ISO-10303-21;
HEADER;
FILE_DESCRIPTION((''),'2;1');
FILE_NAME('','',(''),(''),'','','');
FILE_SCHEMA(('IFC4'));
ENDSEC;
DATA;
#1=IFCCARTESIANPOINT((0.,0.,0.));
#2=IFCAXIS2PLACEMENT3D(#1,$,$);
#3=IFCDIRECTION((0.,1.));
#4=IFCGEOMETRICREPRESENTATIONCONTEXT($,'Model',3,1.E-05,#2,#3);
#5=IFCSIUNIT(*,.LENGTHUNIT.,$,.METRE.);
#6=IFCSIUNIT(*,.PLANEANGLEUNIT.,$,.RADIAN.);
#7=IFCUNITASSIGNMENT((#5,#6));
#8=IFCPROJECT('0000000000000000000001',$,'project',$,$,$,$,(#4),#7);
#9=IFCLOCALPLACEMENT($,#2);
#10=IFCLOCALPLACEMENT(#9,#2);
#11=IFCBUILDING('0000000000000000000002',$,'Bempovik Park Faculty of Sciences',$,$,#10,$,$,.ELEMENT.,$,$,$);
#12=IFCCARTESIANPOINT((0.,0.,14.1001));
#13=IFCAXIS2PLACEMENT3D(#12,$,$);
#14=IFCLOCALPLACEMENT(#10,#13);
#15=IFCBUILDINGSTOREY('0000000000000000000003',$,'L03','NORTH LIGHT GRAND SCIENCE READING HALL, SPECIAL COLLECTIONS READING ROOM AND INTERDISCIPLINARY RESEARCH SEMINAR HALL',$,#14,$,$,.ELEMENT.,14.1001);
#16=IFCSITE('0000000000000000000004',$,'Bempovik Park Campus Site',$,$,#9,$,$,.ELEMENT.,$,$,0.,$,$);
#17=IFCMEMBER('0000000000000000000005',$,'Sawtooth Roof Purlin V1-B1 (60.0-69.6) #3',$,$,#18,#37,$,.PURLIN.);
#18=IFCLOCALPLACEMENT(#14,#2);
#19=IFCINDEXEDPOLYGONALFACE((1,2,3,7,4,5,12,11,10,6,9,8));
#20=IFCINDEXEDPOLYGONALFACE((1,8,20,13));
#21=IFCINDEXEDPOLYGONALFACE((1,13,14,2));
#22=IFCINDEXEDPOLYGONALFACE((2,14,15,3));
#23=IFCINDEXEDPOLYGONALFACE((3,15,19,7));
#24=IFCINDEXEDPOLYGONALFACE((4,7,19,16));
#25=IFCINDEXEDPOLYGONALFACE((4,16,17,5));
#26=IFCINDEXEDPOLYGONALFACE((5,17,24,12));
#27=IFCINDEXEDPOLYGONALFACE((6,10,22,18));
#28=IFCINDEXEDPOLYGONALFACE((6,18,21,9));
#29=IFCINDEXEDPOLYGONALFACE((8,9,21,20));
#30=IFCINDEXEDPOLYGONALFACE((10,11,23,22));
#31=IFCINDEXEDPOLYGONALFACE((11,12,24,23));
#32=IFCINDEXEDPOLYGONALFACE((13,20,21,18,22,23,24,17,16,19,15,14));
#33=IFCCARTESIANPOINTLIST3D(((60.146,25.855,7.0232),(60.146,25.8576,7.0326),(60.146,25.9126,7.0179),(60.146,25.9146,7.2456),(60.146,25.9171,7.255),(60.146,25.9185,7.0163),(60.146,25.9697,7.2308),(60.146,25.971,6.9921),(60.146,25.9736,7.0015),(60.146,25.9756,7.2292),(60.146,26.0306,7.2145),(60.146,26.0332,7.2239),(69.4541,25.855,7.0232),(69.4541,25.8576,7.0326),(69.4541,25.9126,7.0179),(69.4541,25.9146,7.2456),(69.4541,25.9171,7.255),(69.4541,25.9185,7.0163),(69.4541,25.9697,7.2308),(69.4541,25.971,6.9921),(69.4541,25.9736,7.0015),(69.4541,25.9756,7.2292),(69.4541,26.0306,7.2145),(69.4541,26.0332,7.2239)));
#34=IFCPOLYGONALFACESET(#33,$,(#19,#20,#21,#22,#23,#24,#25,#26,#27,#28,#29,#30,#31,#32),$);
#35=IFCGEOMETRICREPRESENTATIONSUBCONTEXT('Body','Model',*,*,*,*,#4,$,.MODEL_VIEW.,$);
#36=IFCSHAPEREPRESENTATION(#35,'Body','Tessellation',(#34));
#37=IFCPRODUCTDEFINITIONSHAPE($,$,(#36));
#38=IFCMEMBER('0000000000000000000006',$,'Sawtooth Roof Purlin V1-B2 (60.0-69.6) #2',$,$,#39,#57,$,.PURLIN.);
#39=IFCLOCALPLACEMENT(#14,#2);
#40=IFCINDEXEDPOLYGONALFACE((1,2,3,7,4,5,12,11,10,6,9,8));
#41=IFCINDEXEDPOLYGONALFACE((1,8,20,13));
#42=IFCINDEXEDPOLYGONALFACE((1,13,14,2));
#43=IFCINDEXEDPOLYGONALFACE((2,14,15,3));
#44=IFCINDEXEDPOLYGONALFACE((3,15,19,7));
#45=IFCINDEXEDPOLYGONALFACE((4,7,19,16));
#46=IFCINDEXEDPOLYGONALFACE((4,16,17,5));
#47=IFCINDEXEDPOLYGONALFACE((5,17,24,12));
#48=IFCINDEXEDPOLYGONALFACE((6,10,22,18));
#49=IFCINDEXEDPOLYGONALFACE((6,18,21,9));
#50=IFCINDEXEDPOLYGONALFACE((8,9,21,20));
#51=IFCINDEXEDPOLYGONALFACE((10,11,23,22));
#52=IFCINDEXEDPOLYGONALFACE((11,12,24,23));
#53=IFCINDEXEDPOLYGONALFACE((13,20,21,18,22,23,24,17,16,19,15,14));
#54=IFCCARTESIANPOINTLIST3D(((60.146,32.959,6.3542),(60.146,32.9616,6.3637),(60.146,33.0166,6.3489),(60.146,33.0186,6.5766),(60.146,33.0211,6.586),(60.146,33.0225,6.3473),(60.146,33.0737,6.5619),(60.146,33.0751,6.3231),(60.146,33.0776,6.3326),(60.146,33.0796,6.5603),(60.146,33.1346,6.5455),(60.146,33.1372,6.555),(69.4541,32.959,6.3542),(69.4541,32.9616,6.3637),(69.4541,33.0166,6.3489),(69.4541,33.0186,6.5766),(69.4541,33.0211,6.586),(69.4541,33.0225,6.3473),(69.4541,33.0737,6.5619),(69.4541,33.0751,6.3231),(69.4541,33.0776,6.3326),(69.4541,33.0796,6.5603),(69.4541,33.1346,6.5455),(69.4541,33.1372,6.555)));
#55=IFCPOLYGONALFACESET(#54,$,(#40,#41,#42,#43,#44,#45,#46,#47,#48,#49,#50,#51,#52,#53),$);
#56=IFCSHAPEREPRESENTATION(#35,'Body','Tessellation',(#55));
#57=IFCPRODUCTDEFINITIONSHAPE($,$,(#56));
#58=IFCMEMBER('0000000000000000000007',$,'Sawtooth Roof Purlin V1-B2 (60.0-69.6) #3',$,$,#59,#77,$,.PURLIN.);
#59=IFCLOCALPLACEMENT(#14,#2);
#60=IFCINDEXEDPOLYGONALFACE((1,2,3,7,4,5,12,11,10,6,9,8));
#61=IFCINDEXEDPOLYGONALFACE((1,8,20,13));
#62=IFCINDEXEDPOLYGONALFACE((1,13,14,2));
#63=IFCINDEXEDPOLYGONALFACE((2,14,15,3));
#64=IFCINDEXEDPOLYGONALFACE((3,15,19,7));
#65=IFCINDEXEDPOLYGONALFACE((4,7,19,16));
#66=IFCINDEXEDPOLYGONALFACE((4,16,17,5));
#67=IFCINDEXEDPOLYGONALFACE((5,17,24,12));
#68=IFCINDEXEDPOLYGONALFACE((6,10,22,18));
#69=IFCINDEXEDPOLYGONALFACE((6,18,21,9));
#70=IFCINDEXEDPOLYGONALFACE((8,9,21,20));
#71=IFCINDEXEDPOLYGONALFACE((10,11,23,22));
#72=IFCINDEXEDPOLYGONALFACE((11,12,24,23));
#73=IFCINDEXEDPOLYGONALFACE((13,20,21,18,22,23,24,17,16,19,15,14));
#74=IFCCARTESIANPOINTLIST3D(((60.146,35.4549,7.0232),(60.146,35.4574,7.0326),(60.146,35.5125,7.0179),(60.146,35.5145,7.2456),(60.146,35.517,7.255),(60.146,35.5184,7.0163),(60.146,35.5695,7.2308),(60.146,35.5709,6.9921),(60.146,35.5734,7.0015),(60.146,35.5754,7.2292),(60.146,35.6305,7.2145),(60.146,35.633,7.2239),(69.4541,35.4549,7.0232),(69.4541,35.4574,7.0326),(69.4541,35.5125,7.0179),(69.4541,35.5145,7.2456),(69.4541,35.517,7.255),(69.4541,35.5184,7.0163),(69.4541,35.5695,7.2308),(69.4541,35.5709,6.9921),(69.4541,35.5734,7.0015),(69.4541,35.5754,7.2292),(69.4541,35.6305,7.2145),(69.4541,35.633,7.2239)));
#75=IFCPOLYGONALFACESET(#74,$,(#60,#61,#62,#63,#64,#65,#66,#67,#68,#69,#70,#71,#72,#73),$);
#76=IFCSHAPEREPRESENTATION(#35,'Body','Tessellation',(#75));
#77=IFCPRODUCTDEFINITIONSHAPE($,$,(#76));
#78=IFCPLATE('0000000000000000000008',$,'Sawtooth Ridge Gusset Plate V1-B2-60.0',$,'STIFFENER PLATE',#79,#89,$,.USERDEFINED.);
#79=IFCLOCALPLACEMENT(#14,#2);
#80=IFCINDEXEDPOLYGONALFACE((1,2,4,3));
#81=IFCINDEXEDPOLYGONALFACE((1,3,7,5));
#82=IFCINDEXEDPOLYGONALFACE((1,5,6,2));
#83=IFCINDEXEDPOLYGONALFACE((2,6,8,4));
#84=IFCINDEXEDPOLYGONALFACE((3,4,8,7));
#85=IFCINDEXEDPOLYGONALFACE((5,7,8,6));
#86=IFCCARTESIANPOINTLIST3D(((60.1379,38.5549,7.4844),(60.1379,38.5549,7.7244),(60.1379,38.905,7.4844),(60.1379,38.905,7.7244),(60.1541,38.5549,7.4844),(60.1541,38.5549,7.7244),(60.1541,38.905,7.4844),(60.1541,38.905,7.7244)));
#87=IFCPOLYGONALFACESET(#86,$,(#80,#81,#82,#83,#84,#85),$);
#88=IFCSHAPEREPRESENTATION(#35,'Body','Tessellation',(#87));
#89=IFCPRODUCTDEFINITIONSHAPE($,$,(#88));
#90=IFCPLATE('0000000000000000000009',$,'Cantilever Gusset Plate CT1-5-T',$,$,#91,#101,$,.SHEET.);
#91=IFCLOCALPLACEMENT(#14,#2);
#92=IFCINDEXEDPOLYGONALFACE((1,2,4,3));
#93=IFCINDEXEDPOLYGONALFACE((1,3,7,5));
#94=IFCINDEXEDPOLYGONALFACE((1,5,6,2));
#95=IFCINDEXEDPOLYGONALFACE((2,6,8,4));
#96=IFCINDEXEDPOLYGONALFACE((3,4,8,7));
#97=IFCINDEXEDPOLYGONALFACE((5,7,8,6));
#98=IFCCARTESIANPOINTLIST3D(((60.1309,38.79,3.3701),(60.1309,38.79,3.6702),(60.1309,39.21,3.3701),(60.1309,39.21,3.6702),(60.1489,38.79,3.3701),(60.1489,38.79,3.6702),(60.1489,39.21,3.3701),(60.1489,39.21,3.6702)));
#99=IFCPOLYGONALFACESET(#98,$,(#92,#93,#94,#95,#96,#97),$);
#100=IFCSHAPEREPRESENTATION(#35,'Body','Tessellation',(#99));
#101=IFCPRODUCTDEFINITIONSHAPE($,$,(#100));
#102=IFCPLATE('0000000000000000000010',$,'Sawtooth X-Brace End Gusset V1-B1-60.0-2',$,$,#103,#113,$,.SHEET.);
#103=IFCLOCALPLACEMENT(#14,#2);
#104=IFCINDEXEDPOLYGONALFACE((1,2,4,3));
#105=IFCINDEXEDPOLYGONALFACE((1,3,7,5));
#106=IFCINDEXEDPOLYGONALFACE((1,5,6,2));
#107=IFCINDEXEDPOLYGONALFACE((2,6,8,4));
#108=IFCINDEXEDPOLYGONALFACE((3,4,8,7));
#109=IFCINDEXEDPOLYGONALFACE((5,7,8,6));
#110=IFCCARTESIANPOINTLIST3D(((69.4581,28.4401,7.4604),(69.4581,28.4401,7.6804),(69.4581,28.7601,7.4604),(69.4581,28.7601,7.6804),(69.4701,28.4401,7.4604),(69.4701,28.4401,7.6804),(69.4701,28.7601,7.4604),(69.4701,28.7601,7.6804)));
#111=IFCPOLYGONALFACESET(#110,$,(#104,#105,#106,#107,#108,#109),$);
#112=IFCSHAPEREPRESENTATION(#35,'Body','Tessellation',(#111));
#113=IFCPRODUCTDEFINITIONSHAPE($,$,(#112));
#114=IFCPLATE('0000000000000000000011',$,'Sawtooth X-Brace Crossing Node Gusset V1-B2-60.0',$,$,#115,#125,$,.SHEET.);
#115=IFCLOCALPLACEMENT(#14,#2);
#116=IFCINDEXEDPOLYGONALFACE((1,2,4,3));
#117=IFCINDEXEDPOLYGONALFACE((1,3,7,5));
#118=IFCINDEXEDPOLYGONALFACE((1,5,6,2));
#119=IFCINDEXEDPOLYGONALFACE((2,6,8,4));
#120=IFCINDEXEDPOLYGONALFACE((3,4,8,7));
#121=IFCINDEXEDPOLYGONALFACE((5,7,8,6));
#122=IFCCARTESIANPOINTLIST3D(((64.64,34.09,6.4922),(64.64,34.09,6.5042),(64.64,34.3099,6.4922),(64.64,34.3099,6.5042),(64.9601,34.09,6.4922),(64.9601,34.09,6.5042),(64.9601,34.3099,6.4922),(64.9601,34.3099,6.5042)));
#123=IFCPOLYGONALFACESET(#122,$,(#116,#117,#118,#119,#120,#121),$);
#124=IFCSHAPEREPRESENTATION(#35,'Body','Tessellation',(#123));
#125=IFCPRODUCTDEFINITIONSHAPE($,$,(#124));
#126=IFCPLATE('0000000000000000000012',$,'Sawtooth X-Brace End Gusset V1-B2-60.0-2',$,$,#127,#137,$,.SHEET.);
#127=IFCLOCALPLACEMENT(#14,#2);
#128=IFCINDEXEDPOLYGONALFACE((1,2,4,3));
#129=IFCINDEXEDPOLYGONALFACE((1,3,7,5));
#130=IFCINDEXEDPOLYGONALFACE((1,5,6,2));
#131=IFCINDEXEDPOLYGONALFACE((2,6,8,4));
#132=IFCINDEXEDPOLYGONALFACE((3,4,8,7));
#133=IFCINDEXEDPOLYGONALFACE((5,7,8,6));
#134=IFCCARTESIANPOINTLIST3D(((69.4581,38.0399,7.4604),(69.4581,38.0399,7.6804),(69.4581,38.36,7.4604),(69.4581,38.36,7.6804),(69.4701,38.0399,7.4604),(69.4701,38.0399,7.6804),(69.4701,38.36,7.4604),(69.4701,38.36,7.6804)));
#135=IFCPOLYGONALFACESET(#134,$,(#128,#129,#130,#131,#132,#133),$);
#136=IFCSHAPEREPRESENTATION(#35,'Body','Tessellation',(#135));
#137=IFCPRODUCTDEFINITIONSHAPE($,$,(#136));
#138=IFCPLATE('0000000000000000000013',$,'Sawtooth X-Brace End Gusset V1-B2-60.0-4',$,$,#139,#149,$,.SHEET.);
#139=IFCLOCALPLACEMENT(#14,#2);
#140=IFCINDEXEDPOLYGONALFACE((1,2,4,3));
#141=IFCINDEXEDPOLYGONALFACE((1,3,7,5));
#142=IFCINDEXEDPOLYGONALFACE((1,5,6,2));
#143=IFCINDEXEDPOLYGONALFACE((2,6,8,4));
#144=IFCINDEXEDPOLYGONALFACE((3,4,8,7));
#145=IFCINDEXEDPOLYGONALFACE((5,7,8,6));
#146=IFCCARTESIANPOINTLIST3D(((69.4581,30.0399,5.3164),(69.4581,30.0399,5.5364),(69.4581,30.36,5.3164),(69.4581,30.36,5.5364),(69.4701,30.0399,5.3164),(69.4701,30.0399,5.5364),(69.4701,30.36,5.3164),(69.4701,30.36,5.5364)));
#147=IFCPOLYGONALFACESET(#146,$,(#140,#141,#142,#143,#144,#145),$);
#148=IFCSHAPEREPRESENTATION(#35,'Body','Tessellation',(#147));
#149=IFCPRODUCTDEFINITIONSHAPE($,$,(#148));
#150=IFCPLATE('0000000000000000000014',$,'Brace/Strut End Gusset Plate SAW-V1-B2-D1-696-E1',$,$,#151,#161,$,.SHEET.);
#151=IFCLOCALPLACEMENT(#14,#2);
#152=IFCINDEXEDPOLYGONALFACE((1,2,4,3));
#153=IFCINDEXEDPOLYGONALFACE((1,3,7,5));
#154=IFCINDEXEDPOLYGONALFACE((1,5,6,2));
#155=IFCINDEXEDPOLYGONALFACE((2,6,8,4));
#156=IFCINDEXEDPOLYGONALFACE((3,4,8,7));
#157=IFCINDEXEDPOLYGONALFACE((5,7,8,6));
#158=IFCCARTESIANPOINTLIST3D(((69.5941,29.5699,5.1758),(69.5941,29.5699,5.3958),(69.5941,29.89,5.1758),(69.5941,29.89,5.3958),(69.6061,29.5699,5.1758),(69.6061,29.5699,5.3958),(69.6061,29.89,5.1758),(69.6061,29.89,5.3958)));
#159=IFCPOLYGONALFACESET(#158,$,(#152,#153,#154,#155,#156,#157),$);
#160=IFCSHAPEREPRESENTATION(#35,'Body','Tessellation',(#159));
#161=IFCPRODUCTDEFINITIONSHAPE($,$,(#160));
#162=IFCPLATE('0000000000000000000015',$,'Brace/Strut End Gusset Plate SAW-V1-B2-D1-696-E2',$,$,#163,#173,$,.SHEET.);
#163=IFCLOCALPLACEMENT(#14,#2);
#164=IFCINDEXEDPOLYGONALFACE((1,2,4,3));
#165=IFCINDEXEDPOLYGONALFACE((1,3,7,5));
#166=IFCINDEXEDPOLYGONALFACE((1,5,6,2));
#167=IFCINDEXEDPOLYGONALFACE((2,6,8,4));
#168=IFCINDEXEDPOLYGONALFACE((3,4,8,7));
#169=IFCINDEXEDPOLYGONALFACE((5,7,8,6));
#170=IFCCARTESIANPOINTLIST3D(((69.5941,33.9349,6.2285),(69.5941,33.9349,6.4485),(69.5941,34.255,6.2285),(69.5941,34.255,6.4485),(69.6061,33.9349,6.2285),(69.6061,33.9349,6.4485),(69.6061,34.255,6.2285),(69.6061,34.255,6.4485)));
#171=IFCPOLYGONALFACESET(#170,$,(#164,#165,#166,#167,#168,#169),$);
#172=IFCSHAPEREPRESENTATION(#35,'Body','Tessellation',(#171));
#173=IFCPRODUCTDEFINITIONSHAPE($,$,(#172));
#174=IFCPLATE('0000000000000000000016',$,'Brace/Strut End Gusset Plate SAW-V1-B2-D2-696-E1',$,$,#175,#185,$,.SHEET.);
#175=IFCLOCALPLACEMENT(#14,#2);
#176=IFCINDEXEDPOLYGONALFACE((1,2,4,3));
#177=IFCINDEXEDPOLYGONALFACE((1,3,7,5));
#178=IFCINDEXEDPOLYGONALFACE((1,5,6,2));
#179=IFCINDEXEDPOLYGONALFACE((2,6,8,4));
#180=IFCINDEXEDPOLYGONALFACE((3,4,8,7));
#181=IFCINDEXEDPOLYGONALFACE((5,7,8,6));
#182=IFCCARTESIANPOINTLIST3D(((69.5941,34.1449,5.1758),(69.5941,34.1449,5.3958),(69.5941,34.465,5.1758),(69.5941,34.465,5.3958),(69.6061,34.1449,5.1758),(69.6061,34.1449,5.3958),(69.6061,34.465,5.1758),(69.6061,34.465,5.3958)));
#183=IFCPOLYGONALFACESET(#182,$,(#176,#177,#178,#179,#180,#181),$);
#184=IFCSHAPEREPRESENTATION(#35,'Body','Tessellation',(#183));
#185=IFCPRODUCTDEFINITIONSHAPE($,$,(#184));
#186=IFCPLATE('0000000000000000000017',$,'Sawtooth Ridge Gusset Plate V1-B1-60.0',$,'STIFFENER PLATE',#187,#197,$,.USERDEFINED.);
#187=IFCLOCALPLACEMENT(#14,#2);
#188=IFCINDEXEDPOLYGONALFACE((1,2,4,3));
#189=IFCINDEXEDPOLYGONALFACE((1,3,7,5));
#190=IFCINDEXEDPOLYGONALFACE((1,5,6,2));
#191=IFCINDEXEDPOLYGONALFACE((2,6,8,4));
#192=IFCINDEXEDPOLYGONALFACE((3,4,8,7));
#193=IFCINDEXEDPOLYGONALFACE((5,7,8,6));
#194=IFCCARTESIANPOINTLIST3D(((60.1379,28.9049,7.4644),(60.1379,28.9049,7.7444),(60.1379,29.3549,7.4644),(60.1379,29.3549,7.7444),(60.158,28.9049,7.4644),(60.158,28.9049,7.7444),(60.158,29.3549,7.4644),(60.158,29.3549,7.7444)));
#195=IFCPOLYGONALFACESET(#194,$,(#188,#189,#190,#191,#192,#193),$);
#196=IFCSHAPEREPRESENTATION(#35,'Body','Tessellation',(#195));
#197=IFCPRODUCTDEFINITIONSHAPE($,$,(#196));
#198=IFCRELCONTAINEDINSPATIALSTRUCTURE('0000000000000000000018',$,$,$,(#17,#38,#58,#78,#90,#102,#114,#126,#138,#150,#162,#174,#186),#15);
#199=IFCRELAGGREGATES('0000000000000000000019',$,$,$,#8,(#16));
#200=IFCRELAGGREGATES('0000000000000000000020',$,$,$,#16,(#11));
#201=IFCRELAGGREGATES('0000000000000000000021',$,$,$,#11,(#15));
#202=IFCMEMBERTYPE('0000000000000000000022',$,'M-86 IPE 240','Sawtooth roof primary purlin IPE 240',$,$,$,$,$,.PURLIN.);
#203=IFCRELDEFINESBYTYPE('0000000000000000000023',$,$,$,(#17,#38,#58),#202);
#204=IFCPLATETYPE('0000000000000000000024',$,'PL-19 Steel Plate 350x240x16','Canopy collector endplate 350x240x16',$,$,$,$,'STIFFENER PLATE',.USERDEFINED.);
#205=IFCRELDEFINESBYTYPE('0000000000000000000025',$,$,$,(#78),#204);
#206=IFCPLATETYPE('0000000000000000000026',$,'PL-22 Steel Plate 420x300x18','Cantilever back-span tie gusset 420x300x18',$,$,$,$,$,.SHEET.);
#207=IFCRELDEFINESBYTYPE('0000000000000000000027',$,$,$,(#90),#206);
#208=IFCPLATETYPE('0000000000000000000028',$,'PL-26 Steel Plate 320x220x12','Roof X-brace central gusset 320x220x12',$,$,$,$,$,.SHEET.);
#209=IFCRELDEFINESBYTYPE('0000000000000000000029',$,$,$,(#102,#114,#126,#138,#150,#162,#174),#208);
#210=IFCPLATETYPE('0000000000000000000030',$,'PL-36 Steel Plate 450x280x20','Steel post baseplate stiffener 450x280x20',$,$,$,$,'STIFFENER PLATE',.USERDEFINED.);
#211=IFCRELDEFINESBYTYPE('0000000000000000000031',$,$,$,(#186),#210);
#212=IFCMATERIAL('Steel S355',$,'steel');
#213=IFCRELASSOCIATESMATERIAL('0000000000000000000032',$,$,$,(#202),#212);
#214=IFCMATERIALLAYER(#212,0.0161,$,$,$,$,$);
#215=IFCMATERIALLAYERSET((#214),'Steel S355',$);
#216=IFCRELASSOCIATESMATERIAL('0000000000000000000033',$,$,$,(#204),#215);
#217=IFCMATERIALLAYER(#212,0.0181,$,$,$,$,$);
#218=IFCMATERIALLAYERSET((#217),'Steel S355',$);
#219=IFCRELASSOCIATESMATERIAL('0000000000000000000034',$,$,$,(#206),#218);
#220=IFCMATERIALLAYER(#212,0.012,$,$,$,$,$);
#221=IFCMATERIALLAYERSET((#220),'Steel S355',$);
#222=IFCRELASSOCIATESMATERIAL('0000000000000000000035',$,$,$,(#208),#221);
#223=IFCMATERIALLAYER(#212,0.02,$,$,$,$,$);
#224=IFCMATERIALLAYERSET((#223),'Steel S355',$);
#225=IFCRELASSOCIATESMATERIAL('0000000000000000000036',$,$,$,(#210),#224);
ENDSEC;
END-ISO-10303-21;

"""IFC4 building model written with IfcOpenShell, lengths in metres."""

from ifc_helpers import new_model, si_unit, direction, frame, origin, origin_2d, place, context, subcontext, project, spatial, rectangle, i_section, extrude, material, layer, layer_set, material_profile, profile_set, type_object, element, save


model = new_model("IFC4")

# Units and contexts
model_context = context("Model", 3, precision=1e-05, world=origin(), true_north=direction((0.0, 1.0)))
body_context = subcontext(model_context, "Body", "Model", "MODEL_VIEW")
ifc_project = project(units=[si_unit("LENGTHUNIT", "METRE"), si_unit("PLANEANGLEUNIT", "RADIAN")], contexts=[model_context])

# Site, building, storey
site_placement = place(None, origin())
site = spatial("IfcSite", under=ifc_project, at=site_placement, Name="Bempovik Park Campus Site", CompositionType="ELEMENT", RefElevation=0.0)
building_placement = place(site_placement, origin())
building = spatial("IfcBuilding", under=site, at=building_placement, Name="Bempovik Park Faculty of Sciences", CompositionType="ELEMENT")
storey_placement = place(building_placement, frame((0.0, 0.0, 14.1001)))
storey = spatial("IfcBuildingStorey", under=building, at=storey_placement, Name="L03", Description="NORTH LIGHT GRAND SCIENCE READING HALL, SPECIAL COLLECTIONS READING ROOM AND INTERDISCIPLINARY RESEARCH SEMINAR HALL", CompositionType="ELEMENT", Elevation=14.1001)

# Shared definitions
ifc_material_1 = material(Name="Steel S355", Category="steel")

# Members
ifc_material_profile_1 = material_profile(ifc_material_1, i_section(OverallWidth=0.1201, OverallDepth=0.24, WebThickness=0.0061, FlangeThickness=0.0098, at=origin_2d()), Name="IPE 240")
ifc_profile_set_1 = profile_set([ifc_material_profile_1], Name="Steel S355")
member_type_1 = type_object("IfcMemberType", Name="M-86 IPE 240", Description="Sawtooth roof primary purlin IPE 240", PredefinedType="PURLIN", material=ifc_profile_set_1)
for number, where, z_axis, x_axis, name in (
    (1, (60.146, 25.9441, 7.1235), (1.0, 0.0, 0.0), (0.0, 0.965926, -0.258819), "Sawtooth Roof Purlin V1-B1 (60.0-69.6) #3"),
    (2, (60.146, 33.0481, 6.4546), (1.0, 0.0, 0.0), (0.0, 0.965926, -0.258819), "Sawtooth Roof Purlin V1-B2 (60.0-69.6) #2"),
    (3, (60.146, 35.5439, 7.1235), (1.0, 0.0, 0.0), (0.0, 0.965926, -0.258819), "Sawtooth Roof Purlin V1-B2 (60.0-69.6) #3"),
):
    element("IfcMember", number, at=place(storey_placement, frame(where, z_axis=z_axis, x_axis=x_axis)), inside=storey, type_object=member_type_1, Name=name, PredefinedType="PURLIN", context=body_context, shape_type="SweptSolid", body=[
        extrude(i_section(OverallWidth=0.1201, OverallDepth=0.24, WebThickness=0.0061, FlangeThickness=0.0098, at=origin_2d()), origin(), (0.0, 0.0, 1.0), 9.3081),
    ])

# Plates
ifc_layer_1 = layer(ifc_material_1, 0.0161)
ifc_layer_set_1 = layer_set([ifc_layer_1], Name="Steel S355")
plate_type_1 = type_object("IfcPlateType", Name="PL-19 Steel Plate 350x240x16", Description="Canopy collector endplate 350x240x16", ElementType="STIFFENER PLATE", PredefinedType="USERDEFINED", material=ifc_layer_set_1)
plate_1_placement = place(storey_placement, frame((60.146, 38.73, 7.4844), z_axis=(0.0, 0.0, 1.0), x_axis=(1.0, 0.0, 0.0)))
element("IfcPlate", 4, at=plate_1_placement, inside=storey, type_object=plate_type_1, Name="Sawtooth Ridge Gusset Plate V1-B2-60.0", ObjectType="STIFFENER PLATE", PredefinedType="USERDEFINED", context=body_context, shape_type="SweptSolid", body=[
    extrude(rectangle(XDim=0.0161, YDim=0.3501, at=origin_2d()), origin(), (0.0, 0.0, 1.0), 0.24),
])
ifc_layer_2 = layer(ifc_material_1, 0.0181)
ifc_layer_set_2 = layer_set([ifc_layer_2], Name="Steel S355")
plate_type_2 = type_object("IfcPlateType", Name="PL-22 Steel Plate 420x300x18", Description="Cantilever back-span tie gusset 420x300x18", PredefinedType="SHEET", material=ifc_layer_set_2)
plate_2_placement = place(storey_placement, frame((60.1399, 39.0, 3.3701), z_axis=(0.0, 0.0, 1.0), x_axis=(1.0, 0.0, 0.0)))
element("IfcPlate", 5, at=plate_2_placement, inside=storey, type_object=plate_type_2, Name="Cantilever Gusset Plate CT1-5-T", PredefinedType="SHEET", context=body_context, shape_type="SweptSolid", body=[
    extrude(rectangle(XDim=0.0181, YDim=0.4199, at=origin_2d()), origin(), (0.0, 0.0, 1.0), 0.3),
])
ifc_layer_3 = layer(ifc_material_1, 0.012)
ifc_layer_set_3 = layer_set([ifc_layer_3], Name="Steel S355")
plate_type_3 = type_object("IfcPlateType", Name="PL-26 Steel Plate 320x220x12", Description="Roof X-brace central gusset 320x220x12", PredefinedType="SHEET", material=ifc_layer_set_3)
plate_3_placement = place(storey_placement, frame((69.4641, 28.6001, 7.4604), z_axis=(0.0, 0.0, 1.0), x_axis=(1.0, 0.0, 0.0)))
element("IfcPlate", 6, at=plate_3_placement, inside=storey, type_object=plate_type_3, Name="Sawtooth X-Brace End Gusset V1-B1-60.0-2", PredefinedType="SHEET", context=body_context, shape_type="SweptSolid", body=[
    extrude(rectangle(XDim=0.012, YDim=0.3201, at=origin_2d()), origin(), (0.0, 0.0, 1.0), 0.22),
])
plate_4_placement = place(storey_placement, frame((64.8, 34.2, 6.4922), z_axis=(0.0, 0.0, 1.0), x_axis=(1.0, 0.0, 0.0)))
element("IfcPlate", 7, at=plate_4_placement, inside=storey, type_object=plate_type_3, Name="Sawtooth X-Brace Crossing Node Gusset V1-B2-60.0", PredefinedType="SHEET", context=body_context, shape_type="SweptSolid", body=[
    extrude(rectangle(XDim=0.3201, YDim=0.22, at=origin_2d()), origin(), (0.0, 0.0, 1.0), 0.012),
])
for number, where, z_axis, x_axis, name in (
    (8, (69.4641, 38.2, 7.4604), (0.0, 0.0, 1.0), (1.0, 0.0, 0.0), "Sawtooth X-Brace End Gusset V1-B2-60.0-2"),
    (9, (69.4641, 30.2, 5.3164), (0.0, 0.0, 1.0), (1.0, 0.0, 0.0), "Sawtooth X-Brace End Gusset V1-B2-60.0-4"),
    (10, (69.6001, 29.73, 5.1758), (0.0, 0.0, 1.0), (1.0, 0.0, 0.0), "Brace/Strut End Gusset Plate SAW-V1-B2-D1-696-E1"),
    (11, (69.6001, 34.095, 6.2285), (0.0, 0.0, 1.0), (1.0, 0.0, 0.0), "Brace/Strut End Gusset Plate SAW-V1-B2-D1-696-E2"),
    (12, (69.6001, 34.3049, 5.1758), (0.0, 0.0, 1.0), (1.0, 0.0, 0.0), "Brace/Strut End Gusset Plate SAW-V1-B2-D2-696-E1"),
):
    element("IfcPlate", number, at=place(storey_placement, frame(where, z_axis=z_axis, x_axis=x_axis)), inside=storey, type_object=plate_type_3, Name=name, PredefinedType="SHEET", context=body_context, shape_type="SweptSolid", body=[
        extrude(rectangle(XDim=0.012, YDim=0.3201, at=origin_2d()), origin(), (0.0, 0.0, 1.0), 0.22),
    ])
ifc_layer_4 = layer(ifc_material_1, 0.02)
ifc_layer_set_4 = layer_set([ifc_layer_4], Name="Steel S355")
plate_type_4 = type_object("IfcPlateType", Name="PL-36 Steel Plate 450x280x20", Description="Steel post baseplate stiffener 450x280x20", ElementType="STIFFENER PLATE", PredefinedType="USERDEFINED", material=ifc_layer_set_4)
plate_5_placement = place(storey_placement, frame((60.1479, 29.1299, 7.4644), z_axis=(0.0, 0.0, 1.0), x_axis=(1.0, 0.0, 0.0)))
element("IfcPlate", 13, at=plate_5_placement, inside=storey, type_object=plate_type_4, Name="Sawtooth Ridge Gusset Plate V1-B1-60.0", ObjectType="STIFFENER PLATE", PredefinedType="USERDEFINED", context=body_context, shape_type="SweptSolid", body=[
    extrude(rectangle(XDim=0.02, YDim=0.45, at=origin_2d()), origin(), (0.0, 0.0, 1.0), 0.28),
])

save(model, "model.ifc")
